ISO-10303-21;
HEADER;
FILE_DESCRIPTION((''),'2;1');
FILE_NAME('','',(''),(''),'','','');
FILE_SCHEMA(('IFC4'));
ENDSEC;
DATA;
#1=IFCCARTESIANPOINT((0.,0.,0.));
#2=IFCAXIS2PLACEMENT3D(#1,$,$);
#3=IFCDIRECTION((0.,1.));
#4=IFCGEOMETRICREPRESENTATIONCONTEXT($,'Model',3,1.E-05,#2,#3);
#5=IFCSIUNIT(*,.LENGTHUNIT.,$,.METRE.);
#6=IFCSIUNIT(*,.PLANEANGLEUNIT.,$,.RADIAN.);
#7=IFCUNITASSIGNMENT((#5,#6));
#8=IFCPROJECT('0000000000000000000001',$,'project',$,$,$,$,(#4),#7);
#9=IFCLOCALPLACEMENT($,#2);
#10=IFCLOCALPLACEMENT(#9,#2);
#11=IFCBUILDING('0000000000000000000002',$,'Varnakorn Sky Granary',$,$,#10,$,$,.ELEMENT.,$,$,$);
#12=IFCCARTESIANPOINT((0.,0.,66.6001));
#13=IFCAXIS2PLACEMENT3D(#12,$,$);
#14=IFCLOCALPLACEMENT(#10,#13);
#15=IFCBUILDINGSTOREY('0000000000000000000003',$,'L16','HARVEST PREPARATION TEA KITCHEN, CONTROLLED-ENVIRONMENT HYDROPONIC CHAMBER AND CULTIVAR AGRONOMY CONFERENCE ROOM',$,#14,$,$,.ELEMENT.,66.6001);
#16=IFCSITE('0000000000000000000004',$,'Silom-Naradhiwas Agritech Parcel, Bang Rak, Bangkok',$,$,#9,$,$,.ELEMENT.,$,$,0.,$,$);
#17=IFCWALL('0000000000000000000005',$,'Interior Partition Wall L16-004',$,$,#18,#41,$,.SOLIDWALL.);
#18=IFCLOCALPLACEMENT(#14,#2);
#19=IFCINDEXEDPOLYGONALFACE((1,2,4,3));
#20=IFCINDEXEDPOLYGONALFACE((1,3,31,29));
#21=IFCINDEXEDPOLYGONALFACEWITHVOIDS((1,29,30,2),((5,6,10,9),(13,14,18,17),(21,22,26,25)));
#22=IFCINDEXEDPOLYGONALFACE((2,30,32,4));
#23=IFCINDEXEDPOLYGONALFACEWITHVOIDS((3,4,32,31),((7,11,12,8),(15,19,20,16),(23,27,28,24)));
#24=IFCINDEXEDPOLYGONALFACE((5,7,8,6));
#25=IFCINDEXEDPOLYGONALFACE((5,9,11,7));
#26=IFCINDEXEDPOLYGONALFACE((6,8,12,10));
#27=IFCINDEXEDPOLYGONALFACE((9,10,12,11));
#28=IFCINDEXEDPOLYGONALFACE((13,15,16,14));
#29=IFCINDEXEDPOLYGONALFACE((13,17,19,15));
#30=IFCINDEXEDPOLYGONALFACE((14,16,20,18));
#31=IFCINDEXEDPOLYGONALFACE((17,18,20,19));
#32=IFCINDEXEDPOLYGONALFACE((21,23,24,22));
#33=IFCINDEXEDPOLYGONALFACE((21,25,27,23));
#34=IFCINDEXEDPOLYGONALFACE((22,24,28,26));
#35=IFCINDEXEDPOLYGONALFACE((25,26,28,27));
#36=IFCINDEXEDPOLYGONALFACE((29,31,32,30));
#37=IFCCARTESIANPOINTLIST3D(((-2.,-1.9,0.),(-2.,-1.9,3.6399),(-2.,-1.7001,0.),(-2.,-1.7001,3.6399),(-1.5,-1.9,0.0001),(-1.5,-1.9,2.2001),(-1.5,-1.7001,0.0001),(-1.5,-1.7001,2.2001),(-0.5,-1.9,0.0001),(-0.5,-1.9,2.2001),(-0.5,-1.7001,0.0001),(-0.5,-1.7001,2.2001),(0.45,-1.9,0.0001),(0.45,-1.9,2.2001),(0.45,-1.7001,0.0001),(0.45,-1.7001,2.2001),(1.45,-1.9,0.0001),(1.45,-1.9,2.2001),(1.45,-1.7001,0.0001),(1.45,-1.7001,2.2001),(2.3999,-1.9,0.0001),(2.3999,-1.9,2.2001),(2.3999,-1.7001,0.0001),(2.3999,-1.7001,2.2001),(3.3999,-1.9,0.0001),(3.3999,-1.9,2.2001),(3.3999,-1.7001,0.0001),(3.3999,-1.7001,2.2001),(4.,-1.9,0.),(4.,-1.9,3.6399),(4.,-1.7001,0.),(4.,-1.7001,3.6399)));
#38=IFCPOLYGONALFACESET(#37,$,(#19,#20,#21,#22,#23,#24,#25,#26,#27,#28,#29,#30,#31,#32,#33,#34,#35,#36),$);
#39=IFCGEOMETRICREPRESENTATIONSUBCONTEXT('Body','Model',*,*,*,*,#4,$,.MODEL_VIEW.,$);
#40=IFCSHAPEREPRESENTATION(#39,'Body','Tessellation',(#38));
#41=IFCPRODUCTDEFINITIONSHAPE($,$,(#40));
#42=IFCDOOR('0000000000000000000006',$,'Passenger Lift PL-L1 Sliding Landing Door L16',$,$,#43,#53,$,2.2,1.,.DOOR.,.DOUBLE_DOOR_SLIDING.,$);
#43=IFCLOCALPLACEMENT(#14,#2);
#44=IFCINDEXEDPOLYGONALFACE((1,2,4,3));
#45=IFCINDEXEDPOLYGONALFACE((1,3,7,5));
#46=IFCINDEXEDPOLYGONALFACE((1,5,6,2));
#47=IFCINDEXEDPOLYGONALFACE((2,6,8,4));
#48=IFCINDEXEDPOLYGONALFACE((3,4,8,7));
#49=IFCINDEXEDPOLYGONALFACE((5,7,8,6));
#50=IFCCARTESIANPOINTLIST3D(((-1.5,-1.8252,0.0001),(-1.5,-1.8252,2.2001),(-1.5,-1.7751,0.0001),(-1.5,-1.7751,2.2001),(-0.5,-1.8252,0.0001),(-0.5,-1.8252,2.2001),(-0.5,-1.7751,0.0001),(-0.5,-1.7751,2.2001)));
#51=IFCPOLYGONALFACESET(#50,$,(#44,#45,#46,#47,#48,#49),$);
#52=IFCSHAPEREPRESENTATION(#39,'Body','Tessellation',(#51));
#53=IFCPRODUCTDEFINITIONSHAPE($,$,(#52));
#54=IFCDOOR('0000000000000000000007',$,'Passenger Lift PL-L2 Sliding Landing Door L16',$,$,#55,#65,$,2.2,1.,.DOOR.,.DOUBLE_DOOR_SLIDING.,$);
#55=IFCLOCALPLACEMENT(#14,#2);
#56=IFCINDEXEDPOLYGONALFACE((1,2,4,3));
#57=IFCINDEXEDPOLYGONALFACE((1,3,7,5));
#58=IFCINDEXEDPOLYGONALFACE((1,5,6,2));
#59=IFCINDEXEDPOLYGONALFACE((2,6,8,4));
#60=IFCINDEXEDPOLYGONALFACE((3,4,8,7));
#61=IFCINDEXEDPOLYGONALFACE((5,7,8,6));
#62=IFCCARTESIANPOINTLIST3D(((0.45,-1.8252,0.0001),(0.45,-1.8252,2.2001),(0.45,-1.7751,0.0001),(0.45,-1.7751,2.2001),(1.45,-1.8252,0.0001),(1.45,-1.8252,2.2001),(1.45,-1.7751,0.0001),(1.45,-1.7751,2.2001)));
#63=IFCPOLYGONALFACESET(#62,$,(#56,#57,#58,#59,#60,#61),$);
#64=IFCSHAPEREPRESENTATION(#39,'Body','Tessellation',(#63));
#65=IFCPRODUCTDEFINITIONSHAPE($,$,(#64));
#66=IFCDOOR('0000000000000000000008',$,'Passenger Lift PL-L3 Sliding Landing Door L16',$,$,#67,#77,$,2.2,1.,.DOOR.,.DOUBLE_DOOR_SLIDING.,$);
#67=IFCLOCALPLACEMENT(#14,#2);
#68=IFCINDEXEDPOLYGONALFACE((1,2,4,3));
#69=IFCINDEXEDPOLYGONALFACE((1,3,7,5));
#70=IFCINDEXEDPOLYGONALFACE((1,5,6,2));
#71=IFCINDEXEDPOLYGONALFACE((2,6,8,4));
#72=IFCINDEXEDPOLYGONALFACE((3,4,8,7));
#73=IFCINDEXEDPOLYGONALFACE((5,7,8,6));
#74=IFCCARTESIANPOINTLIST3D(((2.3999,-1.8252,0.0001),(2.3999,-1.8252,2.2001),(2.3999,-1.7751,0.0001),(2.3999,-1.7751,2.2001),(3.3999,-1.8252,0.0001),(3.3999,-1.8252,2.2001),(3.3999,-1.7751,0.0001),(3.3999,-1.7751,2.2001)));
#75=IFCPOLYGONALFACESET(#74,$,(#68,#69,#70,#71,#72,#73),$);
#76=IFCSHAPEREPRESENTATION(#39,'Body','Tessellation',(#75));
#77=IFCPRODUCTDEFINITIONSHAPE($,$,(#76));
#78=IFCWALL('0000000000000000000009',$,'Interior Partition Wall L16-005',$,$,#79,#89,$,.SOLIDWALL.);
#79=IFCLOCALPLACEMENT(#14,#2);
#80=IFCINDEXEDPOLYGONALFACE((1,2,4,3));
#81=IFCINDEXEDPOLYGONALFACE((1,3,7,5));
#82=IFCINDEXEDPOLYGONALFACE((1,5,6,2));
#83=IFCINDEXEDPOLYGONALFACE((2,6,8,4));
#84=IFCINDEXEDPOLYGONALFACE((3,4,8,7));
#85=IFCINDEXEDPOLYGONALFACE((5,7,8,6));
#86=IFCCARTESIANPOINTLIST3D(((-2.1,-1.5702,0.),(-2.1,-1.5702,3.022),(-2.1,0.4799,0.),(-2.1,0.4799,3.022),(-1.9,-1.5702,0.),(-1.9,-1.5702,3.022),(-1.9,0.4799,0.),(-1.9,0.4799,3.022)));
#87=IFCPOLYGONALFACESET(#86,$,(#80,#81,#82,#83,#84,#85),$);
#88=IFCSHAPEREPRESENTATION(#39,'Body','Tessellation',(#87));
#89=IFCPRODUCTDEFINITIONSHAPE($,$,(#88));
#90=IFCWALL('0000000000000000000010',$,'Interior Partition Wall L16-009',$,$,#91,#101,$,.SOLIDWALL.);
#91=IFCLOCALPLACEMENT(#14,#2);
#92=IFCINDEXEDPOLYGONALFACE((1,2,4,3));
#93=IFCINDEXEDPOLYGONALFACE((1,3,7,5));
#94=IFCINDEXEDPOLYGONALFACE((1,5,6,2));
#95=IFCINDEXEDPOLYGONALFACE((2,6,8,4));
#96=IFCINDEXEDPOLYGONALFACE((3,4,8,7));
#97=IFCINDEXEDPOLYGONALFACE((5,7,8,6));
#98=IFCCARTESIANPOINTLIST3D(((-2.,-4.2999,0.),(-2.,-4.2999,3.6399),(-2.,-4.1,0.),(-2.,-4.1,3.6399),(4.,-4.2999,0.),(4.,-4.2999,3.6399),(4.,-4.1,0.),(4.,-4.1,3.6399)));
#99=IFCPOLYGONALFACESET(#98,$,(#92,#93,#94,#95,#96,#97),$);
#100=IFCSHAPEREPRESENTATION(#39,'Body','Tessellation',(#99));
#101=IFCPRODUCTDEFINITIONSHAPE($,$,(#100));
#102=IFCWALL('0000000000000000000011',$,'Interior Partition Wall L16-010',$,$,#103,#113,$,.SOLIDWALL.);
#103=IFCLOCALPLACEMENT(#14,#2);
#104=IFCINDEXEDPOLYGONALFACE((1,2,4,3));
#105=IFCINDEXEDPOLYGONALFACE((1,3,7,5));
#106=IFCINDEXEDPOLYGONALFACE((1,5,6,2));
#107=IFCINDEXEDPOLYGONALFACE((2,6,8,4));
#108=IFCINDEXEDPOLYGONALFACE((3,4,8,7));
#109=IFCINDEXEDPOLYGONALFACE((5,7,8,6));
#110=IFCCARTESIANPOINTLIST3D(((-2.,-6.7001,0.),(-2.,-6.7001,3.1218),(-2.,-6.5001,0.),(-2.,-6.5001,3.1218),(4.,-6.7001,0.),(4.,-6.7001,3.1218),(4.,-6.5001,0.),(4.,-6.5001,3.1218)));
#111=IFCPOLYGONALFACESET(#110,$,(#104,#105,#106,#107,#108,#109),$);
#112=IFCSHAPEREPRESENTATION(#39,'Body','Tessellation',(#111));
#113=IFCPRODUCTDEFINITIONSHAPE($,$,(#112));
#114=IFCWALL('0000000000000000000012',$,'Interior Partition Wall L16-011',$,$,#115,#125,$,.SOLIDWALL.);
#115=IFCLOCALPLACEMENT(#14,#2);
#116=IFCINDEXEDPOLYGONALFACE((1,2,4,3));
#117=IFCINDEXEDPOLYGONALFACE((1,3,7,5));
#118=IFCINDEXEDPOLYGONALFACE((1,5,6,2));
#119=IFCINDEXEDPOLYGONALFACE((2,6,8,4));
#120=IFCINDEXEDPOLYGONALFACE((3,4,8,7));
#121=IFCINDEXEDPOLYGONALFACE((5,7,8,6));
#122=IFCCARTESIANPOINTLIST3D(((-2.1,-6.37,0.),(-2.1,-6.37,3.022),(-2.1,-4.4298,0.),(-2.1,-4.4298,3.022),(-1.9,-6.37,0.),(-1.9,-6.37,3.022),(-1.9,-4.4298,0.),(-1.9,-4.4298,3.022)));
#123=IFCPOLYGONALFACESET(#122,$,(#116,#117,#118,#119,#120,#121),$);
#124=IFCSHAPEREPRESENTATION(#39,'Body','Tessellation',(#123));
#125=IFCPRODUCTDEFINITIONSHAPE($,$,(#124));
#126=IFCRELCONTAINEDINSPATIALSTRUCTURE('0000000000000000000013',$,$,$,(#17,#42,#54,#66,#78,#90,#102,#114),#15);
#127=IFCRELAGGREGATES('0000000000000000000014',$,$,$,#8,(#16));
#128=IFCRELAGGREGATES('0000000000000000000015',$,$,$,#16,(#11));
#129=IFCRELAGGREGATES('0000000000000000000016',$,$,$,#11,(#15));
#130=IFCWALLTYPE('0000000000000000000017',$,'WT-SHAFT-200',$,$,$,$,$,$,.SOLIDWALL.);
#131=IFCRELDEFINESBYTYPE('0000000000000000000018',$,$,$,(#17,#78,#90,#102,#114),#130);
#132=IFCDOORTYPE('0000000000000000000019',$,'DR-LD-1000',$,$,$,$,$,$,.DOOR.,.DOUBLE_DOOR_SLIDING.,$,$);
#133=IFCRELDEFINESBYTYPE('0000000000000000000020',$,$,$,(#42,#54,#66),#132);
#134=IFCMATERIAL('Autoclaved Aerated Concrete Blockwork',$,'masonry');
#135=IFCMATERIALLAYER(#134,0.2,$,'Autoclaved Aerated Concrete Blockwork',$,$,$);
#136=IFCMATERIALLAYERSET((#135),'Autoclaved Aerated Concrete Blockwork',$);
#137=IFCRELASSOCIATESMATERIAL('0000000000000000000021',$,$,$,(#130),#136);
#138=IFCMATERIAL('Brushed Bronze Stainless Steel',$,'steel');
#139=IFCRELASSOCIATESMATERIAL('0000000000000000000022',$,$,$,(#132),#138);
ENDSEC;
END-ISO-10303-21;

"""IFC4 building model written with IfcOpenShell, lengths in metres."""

from ifc_helpers import new_model, si_unit, direction, frame, frame_2d, origin, place, context, subcontext, project, spatial, rectangle, extrude, material, layer, layer_set, type_object, element, fill, save


model = new_model("IFC4")

# Units and contexts
model_context = context("Model", 3, precision=1e-05, world=origin(), true_north=direction((0.0, 1.0)))
body_context = subcontext(model_context, "Body", "Model", "MODEL_VIEW")
ifc_project = project(units=[si_unit("LENGTHUNIT", "METRE"), si_unit("PLANEANGLEUNIT", "RADIAN")], contexts=[model_context])

# Site, building, storey
site_placement = place(None, origin())
site = spatial("IfcSite", under=ifc_project, at=site_placement, Name="Silom-Naradhiwas Agritech Parcel, Bang Rak, Bangkok", CompositionType="ELEMENT", RefElevation=0.0)
building_placement = place(site_placement, origin())
building = spatial("IfcBuilding", under=site, at=building_placement, Name="Varnakorn Sky Granary", CompositionType="ELEMENT")
storey_placement = place(building_placement, frame((0.0, 0.0, 66.6001)))
storey = spatial("IfcBuildingStorey", under=building, at=storey_placement, Name="L16", Description="HARVEST PREPARATION TEA KITCHEN, CONTROLLED-ENVIRONMENT HYDROPONIC CHAMBER AND CULTIVAR AGRONOMY CONFERENCE ROOM", CompositionType="ELEMENT", Elevation=66.6001)

# Shared definitions
ifc_material_1 = material(Name="Autoclaved Aerated Concrete Blockwork", Category="masonry")

# Wall, openings, doors
ifc_layer_1 = layer(ifc_material_1, 0.2, Name="Autoclaved Aerated Concrete Blockwork")
ifc_layer_set_1 = layer_set([ifc_layer_1], Name="Autoclaved Aerated Concrete Blockwork")
wall_type_1 = type_object("IfcWallType", Name="WT-SHAFT-200", PredefinedType="SOLIDWALL", material=ifc_layer_set_1)
wall_1_placement = place(storey_placement, frame((-2.0, -1.8, 0.0), z_axis=(0.0, 0.0, 1.0), x_axis=(1.0, 0.0, 0.0)))
wall_1 = element("IfcWall", 1, at=wall_1_placement, inside=storey, type_object=wall_type_1, Name="Interior Partition Wall L16-004", PredefinedType="SOLIDWALL", context=body_context, shape_type="SweptSolid", body=[
    extrude(rectangle(XDim=6.0, YDim=0.2, at=frame_2d((3.0, 0.0))), origin(), (0.0, 0.0, 1.0), 3.6399),
])
opening_1_placement = place(wall_1_placement, frame((0.5, 0.0, 0.0)))
opening_1 = element("IfcOpeningElement", 2, at=opening_1_placement, cuts=wall_1, PredefinedType="OPENING", context=body_context, shape_type="SweptSolid", body=[
    extrude(rectangle(XDim=1.0, YDim=2.2, at=frame_2d((0.5, 1.1001))), frame((0.0, 0.1099, 0.0), z_axis=(0.0, -1.0, 0.0), x_axis=(1.0, 0.0, 0.0)), (0.0, 0.0, 1.0), 0.22),
])
opening_2_placement = place(wall_1_placement, frame((2.45, 0.0, 0.0)))
opening_2 = element("IfcOpeningElement", 3, at=opening_2_placement, cuts=wall_1, PredefinedType="OPENING", context=body_context, shape_type="SweptSolid", body=[
    extrude(rectangle(XDim=1.0, YDim=2.2, at=frame_2d((0.5, 1.1001))), frame((0.0, 0.1099, 0.0), z_axis=(0.0, -1.0, 0.0), x_axis=(1.0, 0.0, 0.0)), (0.0, 0.0, 1.0), 0.22),
])
opening_3_placement = place(wall_1_placement, frame((4.3999, 0.0, 0.0)))
opening_3 = element("IfcOpeningElement", 4, at=opening_3_placement, cuts=wall_1, PredefinedType="OPENING", context=body_context, shape_type="SweptSolid", body=[
    extrude(rectangle(XDim=1.0, YDim=2.2, at=frame_2d((0.5, 1.1001))), frame((0.0, 0.1099, 0.0), z_axis=(0.0, -1.0, 0.0), x_axis=(1.0, 0.0, 0.0)), (0.0, 0.0, 1.0), 0.22),
])
ifc_material_2 = material(Name="Brushed Bronze Stainless Steel", Category="steel")
door_type_1 = type_object("IfcDoorType", Name="DR-LD-1000", OperationType="DOUBLE_DOOR_SLIDING", PredefinedType="DOOR", material=ifc_material_2)
door_1_placement = place(opening_1_placement, origin())
door_1 = element("IfcDoor", 5, at=door_1_placement, inside=storey, type_object=door_type_1, Name="Passenger Lift PL-L1 Sliding Landing Door L16", OperationType="DOUBLE_DOOR_SLIDING", OverallHeight=2.2, OverallWidth=1.0, PredefinedType="DOOR", context=body_context, shape_type="SweptSolid", body=[
    extrude(rectangle(XDim=1.0, YDim=2.2, at=frame_2d((0.5, 1.1001))), frame((0.0, 0.0249, 0.0), z_axis=(0.0, -1.0, 0.0), x_axis=(1.0, 0.0, 0.0)), (0.0, 0.0, 1.0), 0.05),
])
fill(opening_1, door_1)
door_2_placement = place(opening_2_placement, origin())
door_2 = element("IfcDoor", 6, at=door_2_placement, inside=storey, type_object=door_type_1, Name="Passenger Lift PL-L2 Sliding Landing Door L16", OperationType="DOUBLE_DOOR_SLIDING", OverallHeight=2.2, OverallWidth=1.0, PredefinedType="DOOR", context=body_context, shape_type="SweptSolid", body=[
    extrude(rectangle(XDim=1.0, YDim=2.2, at=frame_2d((0.5, 1.1001))), frame((0.0, 0.0249, 0.0), z_axis=(0.0, -1.0, 0.0), x_axis=(1.0, 0.0, 0.0)), (0.0, 0.0, 1.0), 0.05),
])
fill(opening_2, door_2)
door_3_placement = place(opening_3_placement, origin())
door_3 = element("IfcDoor", 7, at=door_3_placement, inside=storey, type_object=door_type_1, Name="Passenger Lift PL-L3 Sliding Landing Door L16", OperationType="DOUBLE_DOOR_SLIDING", OverallHeight=2.2, OverallWidth=1.0, PredefinedType="DOOR", context=body_context, shape_type="SweptSolid", body=[
    extrude(rectangle(XDim=1.0, YDim=2.2, at=frame_2d((0.5, 1.1001))), frame((0.0, 0.0249, 0.0), z_axis=(0.0, -1.0, 0.0), x_axis=(1.0, 0.0, 0.0)), (0.0, 0.0, 1.0), 0.05),
])
fill(opening_3, door_3)

# Walls
wall_2_placement = place(storey_placement, frame((-2.0, -1.5701, 0.0), z_axis=(0.0, 0.0, 1.0), x_axis=(0.0, 1.0, 0.0)))
element("IfcWall", 8, at=wall_2_placement, inside=storey, type_object=wall_type_1, Name="Interior Partition Wall L16-005", PredefinedType="SOLIDWALL", context=body_context, shape_type="SweptSolid", body=[
    extrude(rectangle(XDim=2.05, YDim=0.2, at=frame_2d((1.0249, 0.0))), origin(), (0.0, 0.0, 1.0), 3.022),
])
wall_3_placement = place(storey_placement, frame((-2.0, -4.2, 0.0), z_axis=(0.0, 0.0, 1.0), x_axis=(1.0, 0.0, 0.0)))
element("IfcWall", 9, at=wall_3_placement, inside=storey, type_object=wall_type_1, Name="Interior Partition Wall L16-009", PredefinedType="SOLIDWALL", context=body_context, shape_type="SweptSolid", body=[
    extrude(rectangle(XDim=6.0, YDim=0.2, at=frame_2d((3.0, 0.0))), origin(), (0.0, 0.0, 1.0), 3.6399),
])
wall_4_placement = place(storey_placement, frame((-2.0, -6.6001, 0.0), z_axis=(0.0, 0.0, 1.0), x_axis=(1.0, 0.0, 0.0)))
element("IfcWall", 10, at=wall_4_placement, inside=storey, type_object=wall_type_1, Name="Interior Partition Wall L16-010", PredefinedType="SOLIDWALL", context=body_context, shape_type="SweptSolid", body=[
    extrude(rectangle(XDim=6.0, YDim=0.2, at=frame_2d((3.0, 0.0))), origin(), (0.0, 0.0, 1.0), 3.1218),
])
wall_5_placement = place(storey_placement, frame((-2.0, -6.3701, 0.0), z_axis=(0.0, 0.0, 1.0), x_axis=(0.0, 1.0, 0.0)))
element("IfcWall", 11, at=wall_5_placement, inside=storey, type_object=wall_type_1, Name="Interior Partition Wall L16-011", PredefinedType="SOLIDWALL", context=body_context, shape_type="SweptSolid", body=[
    extrude(rectangle(XDim=1.9402, YDim=0.2, at=frame_2d((0.9702, 0.0))), origin(), (0.0, 0.0, 1.0), 3.022),
])

save(model, "model.ifc")
